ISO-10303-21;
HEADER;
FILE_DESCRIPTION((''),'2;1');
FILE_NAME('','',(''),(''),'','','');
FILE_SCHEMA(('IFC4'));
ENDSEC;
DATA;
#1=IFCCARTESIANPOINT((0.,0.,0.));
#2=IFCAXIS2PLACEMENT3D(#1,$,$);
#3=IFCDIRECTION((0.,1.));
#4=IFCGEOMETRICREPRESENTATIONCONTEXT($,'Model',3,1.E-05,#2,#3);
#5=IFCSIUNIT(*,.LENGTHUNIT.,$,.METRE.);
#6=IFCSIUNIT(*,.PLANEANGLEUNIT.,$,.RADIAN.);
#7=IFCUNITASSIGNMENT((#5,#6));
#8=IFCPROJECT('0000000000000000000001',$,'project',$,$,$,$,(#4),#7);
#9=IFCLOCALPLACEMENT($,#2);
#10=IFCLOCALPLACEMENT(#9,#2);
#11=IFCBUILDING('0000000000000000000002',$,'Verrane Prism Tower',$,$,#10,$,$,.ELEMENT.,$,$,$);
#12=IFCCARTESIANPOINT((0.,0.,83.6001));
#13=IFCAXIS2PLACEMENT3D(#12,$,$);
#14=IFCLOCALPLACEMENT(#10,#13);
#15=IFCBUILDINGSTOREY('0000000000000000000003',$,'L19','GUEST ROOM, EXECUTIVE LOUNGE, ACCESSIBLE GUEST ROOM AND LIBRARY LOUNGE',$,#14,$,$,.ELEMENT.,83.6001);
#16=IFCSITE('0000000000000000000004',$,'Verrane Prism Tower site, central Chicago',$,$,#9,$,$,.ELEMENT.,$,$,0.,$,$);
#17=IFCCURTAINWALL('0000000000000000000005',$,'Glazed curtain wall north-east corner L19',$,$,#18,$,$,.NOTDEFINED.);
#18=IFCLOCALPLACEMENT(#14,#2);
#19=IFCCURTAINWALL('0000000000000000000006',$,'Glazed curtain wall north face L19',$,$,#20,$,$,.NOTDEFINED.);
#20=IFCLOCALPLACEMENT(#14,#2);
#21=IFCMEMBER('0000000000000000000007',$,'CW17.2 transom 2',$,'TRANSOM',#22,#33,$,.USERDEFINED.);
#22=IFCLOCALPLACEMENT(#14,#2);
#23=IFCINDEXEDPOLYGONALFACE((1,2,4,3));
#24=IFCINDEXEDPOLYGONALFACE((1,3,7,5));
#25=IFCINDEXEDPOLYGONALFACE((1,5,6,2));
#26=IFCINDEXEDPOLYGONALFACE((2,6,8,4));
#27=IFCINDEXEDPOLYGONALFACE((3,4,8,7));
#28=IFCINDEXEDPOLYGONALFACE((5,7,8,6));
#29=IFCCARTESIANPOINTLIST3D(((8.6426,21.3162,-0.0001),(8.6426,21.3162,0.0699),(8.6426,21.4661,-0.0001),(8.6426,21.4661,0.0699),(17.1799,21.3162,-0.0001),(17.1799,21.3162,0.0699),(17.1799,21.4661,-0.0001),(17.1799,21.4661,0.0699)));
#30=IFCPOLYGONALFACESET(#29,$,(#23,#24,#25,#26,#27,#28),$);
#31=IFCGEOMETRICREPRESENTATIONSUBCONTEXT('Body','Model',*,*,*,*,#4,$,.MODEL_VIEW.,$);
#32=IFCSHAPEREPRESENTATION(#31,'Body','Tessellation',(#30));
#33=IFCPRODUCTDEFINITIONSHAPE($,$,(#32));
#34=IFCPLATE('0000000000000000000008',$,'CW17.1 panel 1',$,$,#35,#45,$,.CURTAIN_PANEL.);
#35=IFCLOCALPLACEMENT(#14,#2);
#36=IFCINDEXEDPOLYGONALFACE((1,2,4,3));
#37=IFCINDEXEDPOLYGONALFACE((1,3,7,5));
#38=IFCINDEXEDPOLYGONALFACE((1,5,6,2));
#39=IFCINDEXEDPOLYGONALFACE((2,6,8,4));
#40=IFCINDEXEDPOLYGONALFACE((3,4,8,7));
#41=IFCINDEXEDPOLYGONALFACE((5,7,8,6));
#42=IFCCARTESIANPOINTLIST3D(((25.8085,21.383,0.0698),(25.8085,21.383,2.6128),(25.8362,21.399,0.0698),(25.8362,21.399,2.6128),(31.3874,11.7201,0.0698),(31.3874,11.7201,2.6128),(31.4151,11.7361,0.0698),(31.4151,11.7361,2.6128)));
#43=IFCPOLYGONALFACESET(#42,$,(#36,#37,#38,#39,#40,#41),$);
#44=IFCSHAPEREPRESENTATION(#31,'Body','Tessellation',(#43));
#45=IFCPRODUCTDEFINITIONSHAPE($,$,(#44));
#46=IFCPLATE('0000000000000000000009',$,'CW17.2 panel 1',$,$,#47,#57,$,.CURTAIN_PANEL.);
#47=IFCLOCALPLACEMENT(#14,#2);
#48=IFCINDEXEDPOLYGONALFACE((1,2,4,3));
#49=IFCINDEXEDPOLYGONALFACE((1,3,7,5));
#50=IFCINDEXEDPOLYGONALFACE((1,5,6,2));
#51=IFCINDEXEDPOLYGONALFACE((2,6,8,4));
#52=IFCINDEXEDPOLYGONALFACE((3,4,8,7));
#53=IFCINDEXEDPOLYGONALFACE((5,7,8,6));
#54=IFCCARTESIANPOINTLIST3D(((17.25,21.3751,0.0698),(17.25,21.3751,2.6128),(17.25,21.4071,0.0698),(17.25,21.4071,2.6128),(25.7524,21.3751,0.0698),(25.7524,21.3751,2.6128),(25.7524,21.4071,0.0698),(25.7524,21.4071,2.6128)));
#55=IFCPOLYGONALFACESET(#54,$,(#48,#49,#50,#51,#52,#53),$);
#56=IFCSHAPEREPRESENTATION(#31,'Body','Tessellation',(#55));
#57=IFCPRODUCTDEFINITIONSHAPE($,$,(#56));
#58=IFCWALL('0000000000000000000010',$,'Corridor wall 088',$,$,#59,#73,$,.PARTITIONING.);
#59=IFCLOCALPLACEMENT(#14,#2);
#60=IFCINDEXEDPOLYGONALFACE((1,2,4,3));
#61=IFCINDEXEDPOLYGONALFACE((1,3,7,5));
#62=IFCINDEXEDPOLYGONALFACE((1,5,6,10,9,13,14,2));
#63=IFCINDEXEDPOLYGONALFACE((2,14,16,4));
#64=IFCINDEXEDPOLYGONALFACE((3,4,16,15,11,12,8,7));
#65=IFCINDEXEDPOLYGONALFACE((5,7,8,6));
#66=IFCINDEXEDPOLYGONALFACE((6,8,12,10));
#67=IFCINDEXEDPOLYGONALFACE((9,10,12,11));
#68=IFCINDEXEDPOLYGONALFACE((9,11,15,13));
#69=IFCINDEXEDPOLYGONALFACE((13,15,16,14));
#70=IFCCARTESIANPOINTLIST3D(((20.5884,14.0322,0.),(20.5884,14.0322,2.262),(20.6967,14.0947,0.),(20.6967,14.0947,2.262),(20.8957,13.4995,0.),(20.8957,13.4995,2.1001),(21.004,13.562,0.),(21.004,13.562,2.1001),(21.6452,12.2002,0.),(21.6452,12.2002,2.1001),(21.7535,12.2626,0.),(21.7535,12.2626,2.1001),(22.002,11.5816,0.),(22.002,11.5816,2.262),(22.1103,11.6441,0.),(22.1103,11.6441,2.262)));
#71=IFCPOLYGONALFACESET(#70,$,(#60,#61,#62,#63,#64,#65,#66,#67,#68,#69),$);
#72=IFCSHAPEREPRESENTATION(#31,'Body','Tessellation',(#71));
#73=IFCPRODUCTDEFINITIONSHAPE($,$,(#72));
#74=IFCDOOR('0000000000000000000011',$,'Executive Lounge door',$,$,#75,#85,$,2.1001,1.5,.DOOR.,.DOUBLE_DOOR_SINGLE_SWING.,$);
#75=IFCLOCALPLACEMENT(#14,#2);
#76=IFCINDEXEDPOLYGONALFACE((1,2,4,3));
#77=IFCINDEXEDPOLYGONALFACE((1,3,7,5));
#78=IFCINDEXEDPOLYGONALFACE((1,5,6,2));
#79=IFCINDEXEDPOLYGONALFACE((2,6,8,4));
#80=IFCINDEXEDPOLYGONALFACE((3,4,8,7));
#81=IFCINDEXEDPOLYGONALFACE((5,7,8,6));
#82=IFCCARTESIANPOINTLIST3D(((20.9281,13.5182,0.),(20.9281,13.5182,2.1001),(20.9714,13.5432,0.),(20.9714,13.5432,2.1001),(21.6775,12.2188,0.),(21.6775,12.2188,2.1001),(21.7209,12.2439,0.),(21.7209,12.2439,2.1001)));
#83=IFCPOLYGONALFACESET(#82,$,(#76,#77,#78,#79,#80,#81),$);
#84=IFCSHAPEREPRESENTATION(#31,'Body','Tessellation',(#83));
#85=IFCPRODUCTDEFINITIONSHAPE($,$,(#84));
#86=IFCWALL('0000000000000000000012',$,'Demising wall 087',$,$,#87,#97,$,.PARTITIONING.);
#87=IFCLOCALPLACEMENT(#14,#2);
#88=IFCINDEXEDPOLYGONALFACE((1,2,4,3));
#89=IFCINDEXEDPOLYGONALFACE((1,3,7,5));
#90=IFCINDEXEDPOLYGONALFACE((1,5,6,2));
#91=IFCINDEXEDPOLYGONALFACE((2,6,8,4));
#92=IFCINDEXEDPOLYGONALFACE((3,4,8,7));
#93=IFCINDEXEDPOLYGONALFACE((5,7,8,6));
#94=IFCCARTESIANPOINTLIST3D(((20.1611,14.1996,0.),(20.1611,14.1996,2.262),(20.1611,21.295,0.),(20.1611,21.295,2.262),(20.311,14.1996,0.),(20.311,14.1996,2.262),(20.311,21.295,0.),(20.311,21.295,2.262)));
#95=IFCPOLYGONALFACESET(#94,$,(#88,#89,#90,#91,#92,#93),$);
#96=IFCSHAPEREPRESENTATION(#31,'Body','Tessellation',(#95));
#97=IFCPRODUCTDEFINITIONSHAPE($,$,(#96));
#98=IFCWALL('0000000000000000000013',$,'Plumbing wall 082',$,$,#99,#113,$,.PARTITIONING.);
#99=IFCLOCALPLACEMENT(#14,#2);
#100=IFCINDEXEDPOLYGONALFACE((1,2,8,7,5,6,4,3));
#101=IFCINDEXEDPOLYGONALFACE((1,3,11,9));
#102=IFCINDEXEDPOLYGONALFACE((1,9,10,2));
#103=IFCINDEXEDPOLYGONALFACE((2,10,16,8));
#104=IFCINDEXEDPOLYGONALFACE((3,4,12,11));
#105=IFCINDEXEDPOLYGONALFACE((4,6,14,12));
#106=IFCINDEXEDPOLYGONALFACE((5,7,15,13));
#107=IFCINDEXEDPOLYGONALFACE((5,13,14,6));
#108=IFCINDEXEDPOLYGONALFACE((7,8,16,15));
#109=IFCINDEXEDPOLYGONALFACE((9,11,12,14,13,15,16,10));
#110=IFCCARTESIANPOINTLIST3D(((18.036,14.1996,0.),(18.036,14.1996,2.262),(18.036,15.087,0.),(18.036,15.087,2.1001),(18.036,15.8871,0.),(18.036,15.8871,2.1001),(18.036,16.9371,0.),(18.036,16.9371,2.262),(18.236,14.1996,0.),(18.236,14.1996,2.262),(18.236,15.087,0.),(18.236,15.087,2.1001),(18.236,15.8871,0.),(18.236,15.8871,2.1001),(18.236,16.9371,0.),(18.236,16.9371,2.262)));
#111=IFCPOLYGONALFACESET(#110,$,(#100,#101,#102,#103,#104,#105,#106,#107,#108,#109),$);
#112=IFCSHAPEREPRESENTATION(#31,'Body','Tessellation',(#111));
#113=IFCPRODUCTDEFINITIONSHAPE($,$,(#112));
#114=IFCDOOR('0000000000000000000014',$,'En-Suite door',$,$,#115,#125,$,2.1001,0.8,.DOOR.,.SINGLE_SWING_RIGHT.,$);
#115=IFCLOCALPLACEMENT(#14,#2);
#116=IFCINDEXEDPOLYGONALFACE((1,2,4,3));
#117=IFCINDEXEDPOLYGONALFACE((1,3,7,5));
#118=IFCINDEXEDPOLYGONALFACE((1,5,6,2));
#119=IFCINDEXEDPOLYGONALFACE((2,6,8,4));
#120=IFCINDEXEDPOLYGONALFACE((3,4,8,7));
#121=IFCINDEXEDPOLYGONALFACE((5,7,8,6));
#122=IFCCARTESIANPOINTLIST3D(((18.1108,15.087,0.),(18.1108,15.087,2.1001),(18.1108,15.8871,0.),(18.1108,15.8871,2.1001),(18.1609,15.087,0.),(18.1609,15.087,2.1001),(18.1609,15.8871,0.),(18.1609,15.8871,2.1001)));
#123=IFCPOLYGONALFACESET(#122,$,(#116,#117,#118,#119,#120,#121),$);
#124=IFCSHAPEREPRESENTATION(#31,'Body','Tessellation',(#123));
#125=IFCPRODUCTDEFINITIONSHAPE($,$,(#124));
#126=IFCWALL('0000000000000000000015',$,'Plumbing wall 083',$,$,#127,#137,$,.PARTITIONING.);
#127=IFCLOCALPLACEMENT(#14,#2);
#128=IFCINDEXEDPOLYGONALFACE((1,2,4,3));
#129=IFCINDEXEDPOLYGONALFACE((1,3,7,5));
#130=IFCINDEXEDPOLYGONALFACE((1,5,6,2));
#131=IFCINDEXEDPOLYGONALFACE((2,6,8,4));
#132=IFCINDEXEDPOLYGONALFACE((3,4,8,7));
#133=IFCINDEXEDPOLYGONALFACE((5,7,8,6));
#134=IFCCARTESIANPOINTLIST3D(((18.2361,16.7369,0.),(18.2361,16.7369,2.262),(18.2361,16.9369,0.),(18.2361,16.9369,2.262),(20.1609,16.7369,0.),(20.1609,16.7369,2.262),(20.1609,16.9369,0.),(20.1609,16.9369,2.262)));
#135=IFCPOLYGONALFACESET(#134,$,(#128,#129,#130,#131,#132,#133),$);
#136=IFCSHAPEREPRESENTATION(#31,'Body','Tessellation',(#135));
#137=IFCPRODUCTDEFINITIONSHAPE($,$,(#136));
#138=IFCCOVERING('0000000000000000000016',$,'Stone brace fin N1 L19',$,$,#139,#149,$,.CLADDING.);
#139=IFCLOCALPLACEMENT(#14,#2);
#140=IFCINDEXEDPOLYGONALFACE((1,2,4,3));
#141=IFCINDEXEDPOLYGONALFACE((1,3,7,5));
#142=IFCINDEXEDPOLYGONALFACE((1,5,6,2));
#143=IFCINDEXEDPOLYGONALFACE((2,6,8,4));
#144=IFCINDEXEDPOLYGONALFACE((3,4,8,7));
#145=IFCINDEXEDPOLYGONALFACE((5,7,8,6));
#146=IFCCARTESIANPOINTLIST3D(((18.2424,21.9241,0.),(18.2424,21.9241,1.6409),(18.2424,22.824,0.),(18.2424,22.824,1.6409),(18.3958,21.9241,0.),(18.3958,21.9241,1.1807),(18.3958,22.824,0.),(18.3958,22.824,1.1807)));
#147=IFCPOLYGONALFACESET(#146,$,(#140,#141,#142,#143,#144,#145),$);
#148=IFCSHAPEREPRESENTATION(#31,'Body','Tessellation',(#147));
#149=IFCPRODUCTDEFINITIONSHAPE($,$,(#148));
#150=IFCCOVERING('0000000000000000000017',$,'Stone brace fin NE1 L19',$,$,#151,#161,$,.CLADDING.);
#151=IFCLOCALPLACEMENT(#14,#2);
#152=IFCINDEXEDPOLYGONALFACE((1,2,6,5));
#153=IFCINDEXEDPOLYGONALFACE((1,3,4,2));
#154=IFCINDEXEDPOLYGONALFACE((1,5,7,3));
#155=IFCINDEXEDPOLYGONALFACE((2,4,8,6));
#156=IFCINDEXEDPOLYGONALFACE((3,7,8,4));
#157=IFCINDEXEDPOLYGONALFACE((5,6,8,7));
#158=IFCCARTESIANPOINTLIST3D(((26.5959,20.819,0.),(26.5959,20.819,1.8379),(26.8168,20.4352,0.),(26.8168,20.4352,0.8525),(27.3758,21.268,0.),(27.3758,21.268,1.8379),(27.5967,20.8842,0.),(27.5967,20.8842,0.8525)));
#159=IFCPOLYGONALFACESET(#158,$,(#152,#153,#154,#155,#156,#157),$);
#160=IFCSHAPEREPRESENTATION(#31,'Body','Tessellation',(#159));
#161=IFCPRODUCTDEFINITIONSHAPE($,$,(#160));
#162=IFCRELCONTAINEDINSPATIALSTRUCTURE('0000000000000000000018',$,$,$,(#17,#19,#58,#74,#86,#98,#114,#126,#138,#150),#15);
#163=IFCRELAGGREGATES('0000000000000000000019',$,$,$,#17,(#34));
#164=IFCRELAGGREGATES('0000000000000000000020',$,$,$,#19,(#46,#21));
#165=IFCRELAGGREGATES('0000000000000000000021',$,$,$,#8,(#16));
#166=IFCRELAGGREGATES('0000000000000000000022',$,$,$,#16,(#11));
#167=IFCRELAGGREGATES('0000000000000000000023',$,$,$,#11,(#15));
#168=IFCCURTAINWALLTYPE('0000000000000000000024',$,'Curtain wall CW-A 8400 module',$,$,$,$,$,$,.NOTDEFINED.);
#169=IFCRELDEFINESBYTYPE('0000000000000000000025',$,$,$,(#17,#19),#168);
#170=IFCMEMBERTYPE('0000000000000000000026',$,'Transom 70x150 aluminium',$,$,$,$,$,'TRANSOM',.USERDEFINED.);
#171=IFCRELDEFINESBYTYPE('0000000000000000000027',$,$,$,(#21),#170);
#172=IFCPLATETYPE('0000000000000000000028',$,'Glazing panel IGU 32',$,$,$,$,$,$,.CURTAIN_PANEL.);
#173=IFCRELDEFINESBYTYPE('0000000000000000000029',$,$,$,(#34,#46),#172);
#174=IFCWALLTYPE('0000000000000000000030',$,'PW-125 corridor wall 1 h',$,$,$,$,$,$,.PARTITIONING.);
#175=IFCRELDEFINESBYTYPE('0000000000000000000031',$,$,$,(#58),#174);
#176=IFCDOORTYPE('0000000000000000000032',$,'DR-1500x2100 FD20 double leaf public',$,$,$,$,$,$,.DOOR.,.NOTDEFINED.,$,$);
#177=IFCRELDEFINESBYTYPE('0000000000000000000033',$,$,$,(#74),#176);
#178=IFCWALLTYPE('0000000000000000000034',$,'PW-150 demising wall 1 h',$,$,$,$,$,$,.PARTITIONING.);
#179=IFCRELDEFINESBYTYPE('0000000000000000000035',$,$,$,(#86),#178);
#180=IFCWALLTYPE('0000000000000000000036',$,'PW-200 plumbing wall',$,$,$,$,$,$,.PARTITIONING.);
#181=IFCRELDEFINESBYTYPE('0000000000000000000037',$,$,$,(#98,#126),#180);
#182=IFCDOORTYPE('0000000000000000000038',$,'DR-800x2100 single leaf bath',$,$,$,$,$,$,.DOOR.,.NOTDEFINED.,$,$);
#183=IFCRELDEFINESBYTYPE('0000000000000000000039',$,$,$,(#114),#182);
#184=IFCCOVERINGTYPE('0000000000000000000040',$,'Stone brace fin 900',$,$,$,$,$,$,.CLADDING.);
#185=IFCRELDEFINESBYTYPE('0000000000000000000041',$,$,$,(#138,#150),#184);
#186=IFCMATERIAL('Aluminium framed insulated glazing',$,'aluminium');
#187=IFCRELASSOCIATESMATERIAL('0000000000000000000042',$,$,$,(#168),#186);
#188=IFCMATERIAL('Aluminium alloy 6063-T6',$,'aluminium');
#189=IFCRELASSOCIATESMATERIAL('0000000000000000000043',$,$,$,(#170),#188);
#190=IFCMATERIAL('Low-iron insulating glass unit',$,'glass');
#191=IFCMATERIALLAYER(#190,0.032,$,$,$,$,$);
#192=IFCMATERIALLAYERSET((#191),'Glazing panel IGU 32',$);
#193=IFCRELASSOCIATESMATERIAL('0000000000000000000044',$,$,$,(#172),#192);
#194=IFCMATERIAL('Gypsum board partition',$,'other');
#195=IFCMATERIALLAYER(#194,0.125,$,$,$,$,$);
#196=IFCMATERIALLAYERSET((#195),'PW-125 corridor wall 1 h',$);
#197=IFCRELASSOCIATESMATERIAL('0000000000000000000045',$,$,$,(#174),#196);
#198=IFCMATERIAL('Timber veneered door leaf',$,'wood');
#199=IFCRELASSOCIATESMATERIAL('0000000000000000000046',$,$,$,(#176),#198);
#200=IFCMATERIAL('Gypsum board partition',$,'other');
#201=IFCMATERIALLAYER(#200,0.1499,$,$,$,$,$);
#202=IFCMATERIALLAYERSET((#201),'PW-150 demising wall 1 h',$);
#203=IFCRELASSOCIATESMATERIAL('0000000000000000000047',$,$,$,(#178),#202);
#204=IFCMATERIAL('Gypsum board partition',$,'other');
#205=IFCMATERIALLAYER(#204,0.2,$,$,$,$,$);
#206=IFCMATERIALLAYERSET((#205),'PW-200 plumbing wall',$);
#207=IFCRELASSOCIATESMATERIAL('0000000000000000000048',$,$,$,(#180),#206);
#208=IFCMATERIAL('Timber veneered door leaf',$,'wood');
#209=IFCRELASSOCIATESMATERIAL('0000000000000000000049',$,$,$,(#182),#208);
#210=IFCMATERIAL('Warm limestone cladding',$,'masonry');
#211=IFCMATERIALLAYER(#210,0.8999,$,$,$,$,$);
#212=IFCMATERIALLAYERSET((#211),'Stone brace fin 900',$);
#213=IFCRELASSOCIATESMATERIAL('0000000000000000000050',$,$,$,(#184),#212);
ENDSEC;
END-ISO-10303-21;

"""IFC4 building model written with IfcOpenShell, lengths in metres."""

from ifc_helpers import new_model, si_unit, direction, frame, frame_2d, origin, origin_2d, place, context, subcontext, project, spatial, polyline, rectangle, outline, extrude, material, layer, layer_set, material_profile, profile_set, type_object, element, fill, aggregate, save


model = new_model("IFC4")

# Units and contexts
model_context = context("Model", 3, precision=1e-05, world=origin(), true_north=direction((0.0, 1.0)))
body_context = subcontext(model_context, "Body", "Model", "MODEL_VIEW")
ifc_project = project(units=[si_unit("LENGTHUNIT", "METRE"), si_unit("PLANEANGLEUNIT", "RADIAN")], contexts=[model_context])

# Site, building, storey
site_placement = place(None, origin())
site = spatial("IfcSite", under=ifc_project, at=site_placement, Name="Verrane Prism Tower site, central Chicago", CompositionType="ELEMENT", RefElevation=0.0)
building_placement = place(site_placement, origin())
building = spatial("IfcBuilding", under=site, at=building_placement, Name="Verrane Prism Tower", CompositionType="ELEMENT")
storey_placement = place(building_placement, frame((0.0, 0.0, 83.6001)))
storey = spatial("IfcBuildingStorey", under=building, at=storey_placement, Name="L19", Description="GUEST ROOM, EXECUTIVE LOUNGE, ACCESSIBLE GUEST ROOM AND LIBRARY LOUNGE", CompositionType="ELEMENT", Elevation=83.6001)

# Curtain wall
ifc_material_1 = material(Name="Aluminium framed insulated glazing", Category="aluminium")
curtain_wall_type = type_object("IfcCurtainWallType", Name="Curtain wall CW-A 8400 module", PredefinedType="NOTDEFINED", material=ifc_material_1)
curtain_wall_1_placement = place(storey_placement, origin())
curtain_wall_1 = element("IfcCurtainWall", 1, at=curtain_wall_1_placement, inside=storey, type_object=curtain_wall_type, Name="Glazed curtain wall north-east corner L19", PredefinedType="NOTDEFINED")

# Curtain wall
curtain_wall_2_placement = place(storey_placement, origin())
curtain_wall_2 = element("IfcCurtainWall", 2, at=curtain_wall_2_placement, inside=storey, type_object=curtain_wall_type, Name="Glazed curtain wall north face L19", PredefinedType="NOTDEFINED")

# Member
ifc_material_2 = material(Name="Aluminium alloy 6063-T6", Category="aluminium")
ifc_material_profile_1 = material_profile(ifc_material_2, rectangle(XDim=0.1499, YDim=0.0701, at=origin_2d()), Name="Transom 70x150 aluminium")
ifc_profile_set_1 = profile_set([ifc_material_profile_1], Name="Aluminium alloy 6063-T6")
member_type_1 = type_object("IfcMemberType", Name="Transom 70x150 aluminium", ElementType="TRANSOM", PredefinedType="USERDEFINED", material=ifc_profile_set_1)
member_1_placement = place(storey_placement, frame((17.1799, 21.3911, 0.0349), z_axis=(-1.0, 0.0, 0.0), x_axis=(0.0, -1.0, 0.0)))
member_1 = element("IfcMember", 3, at=member_1_placement, type_object=member_type_1, Name="CW17.2 transom 2", ObjectType="TRANSOM", PredefinedType="USERDEFINED", context=body_context, shape_type="SweptSolid", body=[
    extrude(rectangle(XDim=0.1499, YDim=0.0701, at=origin_2d()), origin(), (0.0, 0.0, 1.0), 8.5374),
])

# Plates
ifc_material_3 = material(Name="Low-iron insulating glass unit", Category="glass")
ifc_layer_1 = layer(ifc_material_3, 0.032)
ifc_layer_set_1 = layer_set([ifc_layer_1], Name="Glazing panel IGU 32")
plate_type = type_object("IfcPlateType", Name="Glazing panel IGU 32", PredefinedType="CURTAIN_PANEL", material=ifc_layer_set_1)
plate_1_placement = place(storey_placement, frame((28.6118, 16.5596, 0.0698), z_axis=(0.0, 0.0, 1.0), x_axis=(-0.499998, 0.866026, 0.0)))
plate_1 = element("IfcPlate", 4, at=plate_1_placement, type_object=plate_type, Name="CW17.1 panel 1", PredefinedType="CURTAIN_PANEL", context=body_context, shape_type="SweptSolid", body=[
    extrude(rectangle(XDim=11.1577, YDim=0.032, at=origin_2d()), origin(), (0.0, 0.0, 1.0), 2.543),
])
aggregate(curtain_wall_1, [plate_1])
plate_2_placement = place(storey_placement, frame((21.5012, 21.3911, 0.0698), z_axis=(0.0, 0.0, 1.0), x_axis=(-1.0, 0.0, 0.0)))
plate_2 = element("IfcPlate", 5, at=plate_2_placement, type_object=plate_type, Name="CW17.2 panel 1", PredefinedType="CURTAIN_PANEL", context=body_context, shape_type="SweptSolid", body=[
    extrude(rectangle(XDim=8.5024, YDim=0.032, at=origin_2d()), origin(), (0.0, 0.0, 1.0), 2.543),
])
aggregate(curtain_wall_2, [plate_2, member_1])

# Wall, opening, door
ifc_material_4 = material(Name="Gypsum board partition", Category="other")
ifc_layer_2 = layer(ifc_material_4, 0.125)
ifc_layer_set_2 = layer_set([ifc_layer_2], Name="PW-125 corridor wall 1 h")
wall_type_1 = type_object("IfcWallType", Name="PW-125 corridor wall 1 h", PredefinedType="PARTITIONING", material=ifc_layer_set_2)
wall_1_placement = place(storey_placement, frame((20.6426, 14.0635, 0.0), z_axis=(0.0, 0.0, 1.0), x_axis=(0.499648, -0.866229, 0.0)))
wall_1 = element("IfcWall", 6, at=wall_1_placement, inside=storey, type_object=wall_type_1, Name="Corridor wall 088", PredefinedType="PARTITIONING", context=body_context, shape_type="SweptSolid", body=[
    extrude(rectangle(XDim=2.8291, YDim=0.125, at=frame_2d((1.4146, 0.0))), origin(), (0.0, 0.0, 1.0), 2.262),
])
opening_1_placement = place(wall_1_placement, frame((0.615, 0.0, 0.0)))
opening_1 = element("IfcOpeningElement", 7, at=opening_1_placement, cuts=wall_1, PredefinedType="OPENING", context=body_context, shape_type="SweptSolid", body=[
    extrude(rectangle(XDim=1.5, YDim=2.1001, at=frame_2d((0.75, 1.05))), frame((0.0, 0.0725, 0.0), z_axis=(0.0, -1.0, 0.0), x_axis=(1.0, 0.0, 0.0)), (0.0, 0.0, 1.0), 0.145),
])
ifc_material_5 = material(Name="Timber veneered door leaf", Category="wood")
door_type_1 = type_object("IfcDoorType", Name="DR-1500x2100 FD20 double leaf public", OperationType="NOTDEFINED", PredefinedType="DOOR", material=ifc_material_5)
door_1_placement = place(opening_1_placement, origin())
door_1 = element("IfcDoor", 8, at=door_1_placement, inside=storey, type_object=door_type_1, Name="Executive Lounge door", OperationType="DOUBLE_DOOR_SINGLE_SWING", OverallHeight=2.1001, OverallWidth=1.5, PredefinedType="DOOR", context=body_context, shape_type="SweptSolid", body=[
    extrude(rectangle(XDim=1.5, YDim=2.1001, at=frame_2d((0.75, 1.05))), frame((0.0, 0.0249, 0.0), z_axis=(0.0, -1.0, 0.0), x_axis=(1.0, 0.0, 0.0)), (0.0, 0.0, 1.0), 0.05),
])
fill(opening_1, door_1)

# Wall
ifc_material_6 = material(Name="Gypsum board partition", Category="other")
ifc_layer_3 = layer(ifc_material_6, 0.1499)
ifc_layer_set_3 = layer_set([ifc_layer_3], Name="PW-150 demising wall 1 h")
wall_type_2 = type_object("IfcWallType", Name="PW-150 demising wall 1 h", PredefinedType="PARTITIONING", material=ifc_layer_set_3)
wall_2_placement = place(storey_placement, frame((20.2361, 14.1995, 0.0), z_axis=(0.0, 0.0, 1.0), x_axis=(0.0, 1.0, 0.0)))
element("IfcWall", 9, at=wall_2_placement, inside=storey, type_object=wall_type_2, Name="Demising wall 087", PredefinedType="PARTITIONING", context=body_context, shape_type="SweptSolid", body=[
    extrude(rectangle(XDim=7.0955, YDim=0.1499, at=frame_2d((3.5479, 0.0))), origin(), (0.0, 0.0, 1.0), 2.262),
])

# Wall, opening, door
ifc_material_7 = material(Name="Gypsum board partition", Category="other")
ifc_layer_4 = layer(ifc_material_7, 0.2)
ifc_layer_set_4 = layer_set([ifc_layer_4], Name="PW-200 plumbing wall")
wall_type_3 = type_object("IfcWallType", Name="PW-200 plumbing wall", PredefinedType="PARTITIONING", material=ifc_layer_set_4)
wall_3_placement = place(storey_placement, frame((18.136, 16.937, 0.0), z_axis=(0.0, 0.0, 1.0), x_axis=(0.0, -1.0, 0.0)))
wall_3 = element("IfcWall", 10, at=wall_3_placement, inside=storey, type_object=wall_type_3, Name="Plumbing wall 082", PredefinedType="PARTITIONING", context=body_context, shape_type="SweptSolid", body=[
    extrude(rectangle(XDim=2.7375, YDim=0.2, at=frame_2d((1.3687, 0.0))), origin(), (0.0, 0.0, 1.0), 2.262),
])
opening_2_placement = place(wall_3_placement, frame((1.05, 0.0, 0.0)))
opening_2 = element("IfcOpeningElement", 11, at=opening_2_placement, cuts=wall_3, PredefinedType="OPENING", context=body_context, shape_type="SweptSolid", body=[
    extrude(rectangle(XDim=0.8, YDim=2.1001, at=frame_2d((0.3999, 1.05))), frame((0.0, 0.1099, 0.0), z_axis=(0.0, -1.0, 0.0), x_axis=(1.0, 0.0, 0.0)), (0.0, 0.0, 1.0), 0.22),
])
ifc_material_8 = material(Name="Timber veneered door leaf", Category="wood")
door_type_2 = type_object("IfcDoorType", Name="DR-800x2100 single leaf bath", OperationType="NOTDEFINED", PredefinedType="DOOR", material=ifc_material_8)
door_2_placement = place(opening_2_placement, origin())
door_2 = element("IfcDoor", 12, at=door_2_placement, inside=storey, type_object=door_type_2, Name="En-Suite door", OperationType="SINGLE_SWING_RIGHT", OverallHeight=2.1001, OverallWidth=0.8, PredefinedType="DOOR", context=body_context, shape_type="SweptSolid", body=[
    extrude(rectangle(XDim=0.8, YDim=2.1001, at=frame_2d((0.3999, 1.05))), frame((0.0, 0.0249, 0.0), z_axis=(0.0, -1.0, 0.0), x_axis=(1.0, 0.0, 0.0)), (0.0, 0.0, 1.0), 0.05),
])
fill(opening_2, door_2)

# Wall
wall_4_placement = place(storey_placement, frame((18.2361, 16.8369, 0.0), z_axis=(0.0, 0.0, 1.0), x_axis=(1.0, 0.0, 0.0)))
element("IfcWall", 13, at=wall_4_placement, inside=storey, type_object=wall_type_3, Name="Plumbing wall 083", PredefinedType="PARTITIONING", context=body_context, shape_type="SweptSolid", body=[
    extrude(rectangle(XDim=1.9248, YDim=0.2, at=frame_2d((0.9624, 0.0))), origin(), (0.0, 0.0, 1.0), 2.262),
])

# Coverings
ifc_material_9 = material(Name="Warm limestone cladding", Category="masonry")
ifc_layer_5 = layer(ifc_material_9, 0.8999)
ifc_layer_set_5 = layer_set([ifc_layer_5], Name="Stone brace fin 900")
covering_type = type_object("IfcCoveringType", Name="Stone brace fin 900", PredefinedType="CLADDING", material=ifc_layer_set_5)
covering_1_placement = place(storey_placement, frame((18.3958, 22.374, 0.0), z_axis=(0.0, 0.0, 1.0), x_axis=(-1.0, 0.0, 0.0)))
element("IfcCovering", 14, at=covering_1_placement, inside=storey, type_object=covering_type, Name="Stone brace fin N1 L19", PredefinedType="CLADDING", context=body_context, shape_type="SweptSolid", body=[
    extrude(outline(polyline([(0.0, 0.0), (0.1533, 0.0), (0.1533, 1.6409), (0.0, 1.1807), (0.0, 0.0)])), frame((0.0, 0.45, 0.0), z_axis=(0.0, -1.0, 0.0), x_axis=(1.0, 0.0, 0.0)), (0.0, 0.0, 1.0), 0.8999),
])
covering_2_placement = place(storey_placement, frame((27.2068, 20.6597, 0.0), z_axis=(0.0, 0.0, 1.0), x_axis=(-0.498927, 0.866644, 0.0)))
element("IfcCovering", 15, at=covering_2_placement, inside=storey, type_object=covering_type, Name="Stone brace fin NE1 L19", PredefinedType="CLADDING", context=body_context, shape_type="SweptSolid", body=[
    extrude(outline(polyline([(0.0, 0.0), (0.4429, 0.0), (0.4429, 1.8379), (0.0, 0.8525), (0.0, 0.0)])), frame((0.0, 0.45, 0.0), z_axis=(0.0, -1.0, 0.0), x_axis=(1.0, 0.0, 0.0)), (0.0, 0.0, 1.0), 0.8999),
])

save(model, "model.ifc")
